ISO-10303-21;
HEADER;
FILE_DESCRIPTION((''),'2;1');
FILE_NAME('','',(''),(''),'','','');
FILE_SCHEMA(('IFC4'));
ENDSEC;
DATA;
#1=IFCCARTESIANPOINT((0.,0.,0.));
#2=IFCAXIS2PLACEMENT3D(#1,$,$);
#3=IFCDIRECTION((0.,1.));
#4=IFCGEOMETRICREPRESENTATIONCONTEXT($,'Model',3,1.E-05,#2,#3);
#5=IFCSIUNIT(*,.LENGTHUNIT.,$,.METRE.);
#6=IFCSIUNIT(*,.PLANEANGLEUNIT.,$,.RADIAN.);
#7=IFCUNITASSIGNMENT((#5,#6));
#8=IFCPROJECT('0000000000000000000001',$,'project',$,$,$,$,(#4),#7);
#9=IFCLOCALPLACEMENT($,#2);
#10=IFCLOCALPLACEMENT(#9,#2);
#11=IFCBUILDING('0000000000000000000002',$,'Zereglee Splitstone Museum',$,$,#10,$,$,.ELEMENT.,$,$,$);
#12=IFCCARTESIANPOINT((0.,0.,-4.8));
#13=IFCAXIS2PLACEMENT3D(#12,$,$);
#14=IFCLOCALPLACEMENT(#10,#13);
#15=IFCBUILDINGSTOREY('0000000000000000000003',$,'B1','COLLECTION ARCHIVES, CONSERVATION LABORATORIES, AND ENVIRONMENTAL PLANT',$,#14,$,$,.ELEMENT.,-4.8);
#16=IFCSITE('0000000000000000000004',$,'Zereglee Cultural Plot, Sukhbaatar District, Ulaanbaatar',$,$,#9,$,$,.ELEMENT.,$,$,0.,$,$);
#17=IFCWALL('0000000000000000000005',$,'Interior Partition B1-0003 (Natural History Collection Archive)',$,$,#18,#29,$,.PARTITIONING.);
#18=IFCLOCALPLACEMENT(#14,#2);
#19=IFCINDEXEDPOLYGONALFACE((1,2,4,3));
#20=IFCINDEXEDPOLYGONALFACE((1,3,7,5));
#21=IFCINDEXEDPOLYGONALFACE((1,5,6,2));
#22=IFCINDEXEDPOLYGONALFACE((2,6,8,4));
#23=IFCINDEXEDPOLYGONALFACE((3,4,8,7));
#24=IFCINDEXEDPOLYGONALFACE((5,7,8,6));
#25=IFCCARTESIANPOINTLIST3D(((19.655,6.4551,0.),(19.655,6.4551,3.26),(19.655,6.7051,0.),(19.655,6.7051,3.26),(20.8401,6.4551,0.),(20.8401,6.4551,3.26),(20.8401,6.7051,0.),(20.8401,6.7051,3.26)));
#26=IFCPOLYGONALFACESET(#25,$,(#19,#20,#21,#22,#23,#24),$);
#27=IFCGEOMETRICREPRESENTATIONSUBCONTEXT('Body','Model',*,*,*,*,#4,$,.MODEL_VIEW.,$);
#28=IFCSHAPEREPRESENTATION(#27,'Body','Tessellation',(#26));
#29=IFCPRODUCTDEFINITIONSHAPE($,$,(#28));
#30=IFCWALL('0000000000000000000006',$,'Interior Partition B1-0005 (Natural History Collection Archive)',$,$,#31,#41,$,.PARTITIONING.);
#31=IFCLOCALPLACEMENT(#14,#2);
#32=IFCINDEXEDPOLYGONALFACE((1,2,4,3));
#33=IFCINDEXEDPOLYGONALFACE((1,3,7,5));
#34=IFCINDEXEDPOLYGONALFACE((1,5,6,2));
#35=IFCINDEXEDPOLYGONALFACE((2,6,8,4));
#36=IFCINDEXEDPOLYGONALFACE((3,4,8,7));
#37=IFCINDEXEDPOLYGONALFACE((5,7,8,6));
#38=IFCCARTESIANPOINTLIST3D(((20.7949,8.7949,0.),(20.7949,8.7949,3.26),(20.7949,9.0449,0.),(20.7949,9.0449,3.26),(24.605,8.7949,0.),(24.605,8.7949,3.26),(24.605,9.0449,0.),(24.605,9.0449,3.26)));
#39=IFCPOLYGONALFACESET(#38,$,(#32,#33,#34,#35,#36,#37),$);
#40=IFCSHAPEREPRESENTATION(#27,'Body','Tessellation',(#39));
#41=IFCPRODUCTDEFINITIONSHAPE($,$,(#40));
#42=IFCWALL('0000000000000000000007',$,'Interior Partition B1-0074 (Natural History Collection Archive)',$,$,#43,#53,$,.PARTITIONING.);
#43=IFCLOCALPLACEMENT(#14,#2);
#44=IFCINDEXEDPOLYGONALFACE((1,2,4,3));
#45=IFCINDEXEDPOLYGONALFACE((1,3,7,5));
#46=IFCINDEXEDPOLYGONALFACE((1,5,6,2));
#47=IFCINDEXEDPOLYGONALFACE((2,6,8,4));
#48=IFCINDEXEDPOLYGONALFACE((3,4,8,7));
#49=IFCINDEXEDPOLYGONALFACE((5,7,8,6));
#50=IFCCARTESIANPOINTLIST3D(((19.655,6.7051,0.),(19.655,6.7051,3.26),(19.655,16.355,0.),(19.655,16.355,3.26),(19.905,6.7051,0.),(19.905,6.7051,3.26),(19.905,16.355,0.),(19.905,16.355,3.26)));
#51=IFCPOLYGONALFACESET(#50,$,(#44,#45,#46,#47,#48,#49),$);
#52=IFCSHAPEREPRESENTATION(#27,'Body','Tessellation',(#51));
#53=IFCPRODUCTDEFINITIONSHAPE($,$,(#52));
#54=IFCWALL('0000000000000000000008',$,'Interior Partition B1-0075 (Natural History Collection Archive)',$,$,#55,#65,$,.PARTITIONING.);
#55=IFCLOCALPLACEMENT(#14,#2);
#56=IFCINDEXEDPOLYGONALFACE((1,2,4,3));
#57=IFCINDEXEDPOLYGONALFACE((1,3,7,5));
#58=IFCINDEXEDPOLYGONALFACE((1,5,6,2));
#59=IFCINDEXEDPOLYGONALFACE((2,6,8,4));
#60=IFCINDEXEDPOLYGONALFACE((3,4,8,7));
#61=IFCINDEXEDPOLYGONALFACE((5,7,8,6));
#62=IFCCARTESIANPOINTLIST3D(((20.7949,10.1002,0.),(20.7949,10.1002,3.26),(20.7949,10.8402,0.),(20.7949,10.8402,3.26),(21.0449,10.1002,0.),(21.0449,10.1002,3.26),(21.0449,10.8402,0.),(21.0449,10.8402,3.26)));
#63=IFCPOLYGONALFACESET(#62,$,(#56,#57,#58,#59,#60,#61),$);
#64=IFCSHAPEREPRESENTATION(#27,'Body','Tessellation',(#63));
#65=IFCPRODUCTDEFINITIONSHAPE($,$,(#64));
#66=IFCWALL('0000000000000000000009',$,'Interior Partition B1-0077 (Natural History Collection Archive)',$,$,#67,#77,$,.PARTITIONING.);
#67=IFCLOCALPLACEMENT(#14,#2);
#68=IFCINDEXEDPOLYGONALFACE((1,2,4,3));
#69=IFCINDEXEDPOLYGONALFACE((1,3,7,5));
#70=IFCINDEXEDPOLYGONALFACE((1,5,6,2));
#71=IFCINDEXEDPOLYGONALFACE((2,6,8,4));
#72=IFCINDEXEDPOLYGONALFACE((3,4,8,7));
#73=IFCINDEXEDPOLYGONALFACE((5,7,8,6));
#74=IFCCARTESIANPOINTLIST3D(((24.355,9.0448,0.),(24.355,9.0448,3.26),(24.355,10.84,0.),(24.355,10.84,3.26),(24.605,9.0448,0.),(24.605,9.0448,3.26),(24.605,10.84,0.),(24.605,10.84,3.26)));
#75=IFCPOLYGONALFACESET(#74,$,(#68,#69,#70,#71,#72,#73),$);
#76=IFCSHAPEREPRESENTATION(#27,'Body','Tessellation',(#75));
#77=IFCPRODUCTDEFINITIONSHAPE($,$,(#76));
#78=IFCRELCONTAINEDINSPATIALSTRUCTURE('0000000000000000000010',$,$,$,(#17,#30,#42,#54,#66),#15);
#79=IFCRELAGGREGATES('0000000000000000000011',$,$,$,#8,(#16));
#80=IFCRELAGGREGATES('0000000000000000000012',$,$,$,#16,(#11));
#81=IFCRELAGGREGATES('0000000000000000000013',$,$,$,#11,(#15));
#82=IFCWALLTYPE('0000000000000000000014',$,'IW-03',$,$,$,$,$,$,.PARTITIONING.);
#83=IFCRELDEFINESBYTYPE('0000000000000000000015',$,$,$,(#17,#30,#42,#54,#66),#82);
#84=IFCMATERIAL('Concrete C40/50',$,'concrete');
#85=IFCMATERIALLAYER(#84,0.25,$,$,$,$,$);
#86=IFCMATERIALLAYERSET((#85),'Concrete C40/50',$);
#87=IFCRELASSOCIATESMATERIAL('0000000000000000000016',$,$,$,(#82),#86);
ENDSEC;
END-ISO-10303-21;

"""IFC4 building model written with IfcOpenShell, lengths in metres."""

from ifc_helpers import new_model, si_unit, direction, frame, frame_2d, origin, place, context, subcontext, project, spatial, rectangle, extrude, material, layer, layer_set, type_object, element, save


model = new_model("IFC4")

# Units and contexts
model_context = context("Model", 3, precision=1e-05, world=origin(), true_north=direction((0.0, 1.0)))
body_context = subcontext(model_context, "Body", "Model", "MODEL_VIEW")
ifc_project = project(units=[si_unit("LENGTHUNIT", "METRE"), si_unit("PLANEANGLEUNIT", "RADIAN")], contexts=[model_context])

# Site, building, storey
site_placement = place(None, origin())
site = spatial("IfcSite", under=ifc_project, at=site_placement, Name="Zereglee Cultural Plot, Sukhbaatar District, Ulaanbaatar", CompositionType="ELEMENT", RefElevation=0.0)
building_placement = place(site_placement, origin())
building = spatial("IfcBuilding", under=site, at=building_placement, Name="Zereglee Splitstone Museum", CompositionType="ELEMENT")
storey_placement = place(building_placement, frame((0.0, 0.0, -4.8)))
storey = spatial("IfcBuildingStorey", under=building, at=storey_placement, Name="B1", Description="COLLECTION ARCHIVES, CONSERVATION LABORATORIES, AND ENVIRONMENTAL PLANT", CompositionType="ELEMENT", Elevation=-4.8)

# Shared definitions
ifc_material_1 = material(Name="Concrete C40/50", Category="concrete")

# Walls
ifc_layer_1 = layer(ifc_material_1, 0.25)
ifc_layer_set_1 = layer_set([ifc_layer_1], Name="Concrete C40/50")
wall_type_1 = type_object("IfcWallType", Name="IW-03", PredefinedType="PARTITIONING", material=ifc_layer_set_1)
wall_1_placement = place(storey_placement, frame((19.655, 6.5801, 0.0), z_axis=(0.0, 0.0, 1.0), x_axis=(1.0, 0.0, 0.0)))
element("IfcWall", 1, at=wall_1_placement, inside=storey, type_object=wall_type_1, Name="Interior Partition B1-0003 (Natural History Collection Archive)", PredefinedType="PARTITIONING", context=body_context, shape_type="SweptSolid", body=[
    extrude(rectangle(XDim=1.1851, YDim=0.25, at=frame_2d((0.5925, 0.0))), origin(), (0.0, 0.0, 1.0), 3.26),
])
wall_2_placement = place(storey_placement, frame((20.7949, 8.9199, 0.0), z_axis=(0.0, 0.0, 1.0), x_axis=(1.0, 0.0, 0.0)))
element("IfcWall", 2, at=wall_2_placement, inside=storey, type_object=wall_type_1, Name="Interior Partition B1-0005 (Natural History Collection Archive)", PredefinedType="PARTITIONING", context=body_context, shape_type="SweptSolid", body=[
    extrude(rectangle(XDim=3.8101, YDim=0.25, at=frame_2d((1.905, 0.0))), origin(), (0.0, 0.0, 1.0), 3.26),
])
wall_3_placement = place(storey_placement, frame((19.78, 6.7051, 0.0), z_axis=(0.0, 0.0, 1.0), x_axis=(0.0, 1.0, 0.0)))
element("IfcWall", 3, at=wall_3_placement, inside=storey, type_object=wall_type_1, Name="Interior Partition B1-0074 (Natural History Collection Archive)", PredefinedType="PARTITIONING", context=body_context, shape_type="SweptSolid", body=[
    extrude(rectangle(XDim=9.6499, YDim=0.25, at=frame_2d((4.825, 0.0))), origin(), (0.0, 0.0, 1.0), 3.26),
])
wall_4_placement = place(storey_placement, frame((20.9199, 10.1001, 0.0), z_axis=(0.0, 0.0, 1.0), x_axis=(0.0, 1.0, 0.0)))
element("IfcWall", 4, at=wall_4_placement, inside=storey, type_object=wall_type_1, Name="Interior Partition B1-0075 (Natural History Collection Archive)", PredefinedType="PARTITIONING", context=body_context, shape_type="SweptSolid", body=[
    extrude(rectangle(XDim=0.74, YDim=0.25, at=frame_2d((0.3701, 0.0))), origin(), (0.0, 0.0, 1.0), 3.26),
])
wall_5_placement = place(storey_placement, frame((24.48, 9.0449, 0.0), z_axis=(0.0, 0.0, 1.0), x_axis=(0.0, 1.0, 0.0)))
element("IfcWall", 5, at=wall_5_placement, inside=storey, type_object=wall_type_1, Name="Interior Partition B1-0077 (Natural History Collection Archive)", PredefinedType="PARTITIONING", context=body_context, shape_type="SweptSolid", body=[
    extrude(rectangle(XDim=1.7952, YDim=0.25, at=frame_2d((0.8975, 0.0))), origin(), (0.0, 0.0, 1.0), 3.26),
])

save(model, "model.ifc")
